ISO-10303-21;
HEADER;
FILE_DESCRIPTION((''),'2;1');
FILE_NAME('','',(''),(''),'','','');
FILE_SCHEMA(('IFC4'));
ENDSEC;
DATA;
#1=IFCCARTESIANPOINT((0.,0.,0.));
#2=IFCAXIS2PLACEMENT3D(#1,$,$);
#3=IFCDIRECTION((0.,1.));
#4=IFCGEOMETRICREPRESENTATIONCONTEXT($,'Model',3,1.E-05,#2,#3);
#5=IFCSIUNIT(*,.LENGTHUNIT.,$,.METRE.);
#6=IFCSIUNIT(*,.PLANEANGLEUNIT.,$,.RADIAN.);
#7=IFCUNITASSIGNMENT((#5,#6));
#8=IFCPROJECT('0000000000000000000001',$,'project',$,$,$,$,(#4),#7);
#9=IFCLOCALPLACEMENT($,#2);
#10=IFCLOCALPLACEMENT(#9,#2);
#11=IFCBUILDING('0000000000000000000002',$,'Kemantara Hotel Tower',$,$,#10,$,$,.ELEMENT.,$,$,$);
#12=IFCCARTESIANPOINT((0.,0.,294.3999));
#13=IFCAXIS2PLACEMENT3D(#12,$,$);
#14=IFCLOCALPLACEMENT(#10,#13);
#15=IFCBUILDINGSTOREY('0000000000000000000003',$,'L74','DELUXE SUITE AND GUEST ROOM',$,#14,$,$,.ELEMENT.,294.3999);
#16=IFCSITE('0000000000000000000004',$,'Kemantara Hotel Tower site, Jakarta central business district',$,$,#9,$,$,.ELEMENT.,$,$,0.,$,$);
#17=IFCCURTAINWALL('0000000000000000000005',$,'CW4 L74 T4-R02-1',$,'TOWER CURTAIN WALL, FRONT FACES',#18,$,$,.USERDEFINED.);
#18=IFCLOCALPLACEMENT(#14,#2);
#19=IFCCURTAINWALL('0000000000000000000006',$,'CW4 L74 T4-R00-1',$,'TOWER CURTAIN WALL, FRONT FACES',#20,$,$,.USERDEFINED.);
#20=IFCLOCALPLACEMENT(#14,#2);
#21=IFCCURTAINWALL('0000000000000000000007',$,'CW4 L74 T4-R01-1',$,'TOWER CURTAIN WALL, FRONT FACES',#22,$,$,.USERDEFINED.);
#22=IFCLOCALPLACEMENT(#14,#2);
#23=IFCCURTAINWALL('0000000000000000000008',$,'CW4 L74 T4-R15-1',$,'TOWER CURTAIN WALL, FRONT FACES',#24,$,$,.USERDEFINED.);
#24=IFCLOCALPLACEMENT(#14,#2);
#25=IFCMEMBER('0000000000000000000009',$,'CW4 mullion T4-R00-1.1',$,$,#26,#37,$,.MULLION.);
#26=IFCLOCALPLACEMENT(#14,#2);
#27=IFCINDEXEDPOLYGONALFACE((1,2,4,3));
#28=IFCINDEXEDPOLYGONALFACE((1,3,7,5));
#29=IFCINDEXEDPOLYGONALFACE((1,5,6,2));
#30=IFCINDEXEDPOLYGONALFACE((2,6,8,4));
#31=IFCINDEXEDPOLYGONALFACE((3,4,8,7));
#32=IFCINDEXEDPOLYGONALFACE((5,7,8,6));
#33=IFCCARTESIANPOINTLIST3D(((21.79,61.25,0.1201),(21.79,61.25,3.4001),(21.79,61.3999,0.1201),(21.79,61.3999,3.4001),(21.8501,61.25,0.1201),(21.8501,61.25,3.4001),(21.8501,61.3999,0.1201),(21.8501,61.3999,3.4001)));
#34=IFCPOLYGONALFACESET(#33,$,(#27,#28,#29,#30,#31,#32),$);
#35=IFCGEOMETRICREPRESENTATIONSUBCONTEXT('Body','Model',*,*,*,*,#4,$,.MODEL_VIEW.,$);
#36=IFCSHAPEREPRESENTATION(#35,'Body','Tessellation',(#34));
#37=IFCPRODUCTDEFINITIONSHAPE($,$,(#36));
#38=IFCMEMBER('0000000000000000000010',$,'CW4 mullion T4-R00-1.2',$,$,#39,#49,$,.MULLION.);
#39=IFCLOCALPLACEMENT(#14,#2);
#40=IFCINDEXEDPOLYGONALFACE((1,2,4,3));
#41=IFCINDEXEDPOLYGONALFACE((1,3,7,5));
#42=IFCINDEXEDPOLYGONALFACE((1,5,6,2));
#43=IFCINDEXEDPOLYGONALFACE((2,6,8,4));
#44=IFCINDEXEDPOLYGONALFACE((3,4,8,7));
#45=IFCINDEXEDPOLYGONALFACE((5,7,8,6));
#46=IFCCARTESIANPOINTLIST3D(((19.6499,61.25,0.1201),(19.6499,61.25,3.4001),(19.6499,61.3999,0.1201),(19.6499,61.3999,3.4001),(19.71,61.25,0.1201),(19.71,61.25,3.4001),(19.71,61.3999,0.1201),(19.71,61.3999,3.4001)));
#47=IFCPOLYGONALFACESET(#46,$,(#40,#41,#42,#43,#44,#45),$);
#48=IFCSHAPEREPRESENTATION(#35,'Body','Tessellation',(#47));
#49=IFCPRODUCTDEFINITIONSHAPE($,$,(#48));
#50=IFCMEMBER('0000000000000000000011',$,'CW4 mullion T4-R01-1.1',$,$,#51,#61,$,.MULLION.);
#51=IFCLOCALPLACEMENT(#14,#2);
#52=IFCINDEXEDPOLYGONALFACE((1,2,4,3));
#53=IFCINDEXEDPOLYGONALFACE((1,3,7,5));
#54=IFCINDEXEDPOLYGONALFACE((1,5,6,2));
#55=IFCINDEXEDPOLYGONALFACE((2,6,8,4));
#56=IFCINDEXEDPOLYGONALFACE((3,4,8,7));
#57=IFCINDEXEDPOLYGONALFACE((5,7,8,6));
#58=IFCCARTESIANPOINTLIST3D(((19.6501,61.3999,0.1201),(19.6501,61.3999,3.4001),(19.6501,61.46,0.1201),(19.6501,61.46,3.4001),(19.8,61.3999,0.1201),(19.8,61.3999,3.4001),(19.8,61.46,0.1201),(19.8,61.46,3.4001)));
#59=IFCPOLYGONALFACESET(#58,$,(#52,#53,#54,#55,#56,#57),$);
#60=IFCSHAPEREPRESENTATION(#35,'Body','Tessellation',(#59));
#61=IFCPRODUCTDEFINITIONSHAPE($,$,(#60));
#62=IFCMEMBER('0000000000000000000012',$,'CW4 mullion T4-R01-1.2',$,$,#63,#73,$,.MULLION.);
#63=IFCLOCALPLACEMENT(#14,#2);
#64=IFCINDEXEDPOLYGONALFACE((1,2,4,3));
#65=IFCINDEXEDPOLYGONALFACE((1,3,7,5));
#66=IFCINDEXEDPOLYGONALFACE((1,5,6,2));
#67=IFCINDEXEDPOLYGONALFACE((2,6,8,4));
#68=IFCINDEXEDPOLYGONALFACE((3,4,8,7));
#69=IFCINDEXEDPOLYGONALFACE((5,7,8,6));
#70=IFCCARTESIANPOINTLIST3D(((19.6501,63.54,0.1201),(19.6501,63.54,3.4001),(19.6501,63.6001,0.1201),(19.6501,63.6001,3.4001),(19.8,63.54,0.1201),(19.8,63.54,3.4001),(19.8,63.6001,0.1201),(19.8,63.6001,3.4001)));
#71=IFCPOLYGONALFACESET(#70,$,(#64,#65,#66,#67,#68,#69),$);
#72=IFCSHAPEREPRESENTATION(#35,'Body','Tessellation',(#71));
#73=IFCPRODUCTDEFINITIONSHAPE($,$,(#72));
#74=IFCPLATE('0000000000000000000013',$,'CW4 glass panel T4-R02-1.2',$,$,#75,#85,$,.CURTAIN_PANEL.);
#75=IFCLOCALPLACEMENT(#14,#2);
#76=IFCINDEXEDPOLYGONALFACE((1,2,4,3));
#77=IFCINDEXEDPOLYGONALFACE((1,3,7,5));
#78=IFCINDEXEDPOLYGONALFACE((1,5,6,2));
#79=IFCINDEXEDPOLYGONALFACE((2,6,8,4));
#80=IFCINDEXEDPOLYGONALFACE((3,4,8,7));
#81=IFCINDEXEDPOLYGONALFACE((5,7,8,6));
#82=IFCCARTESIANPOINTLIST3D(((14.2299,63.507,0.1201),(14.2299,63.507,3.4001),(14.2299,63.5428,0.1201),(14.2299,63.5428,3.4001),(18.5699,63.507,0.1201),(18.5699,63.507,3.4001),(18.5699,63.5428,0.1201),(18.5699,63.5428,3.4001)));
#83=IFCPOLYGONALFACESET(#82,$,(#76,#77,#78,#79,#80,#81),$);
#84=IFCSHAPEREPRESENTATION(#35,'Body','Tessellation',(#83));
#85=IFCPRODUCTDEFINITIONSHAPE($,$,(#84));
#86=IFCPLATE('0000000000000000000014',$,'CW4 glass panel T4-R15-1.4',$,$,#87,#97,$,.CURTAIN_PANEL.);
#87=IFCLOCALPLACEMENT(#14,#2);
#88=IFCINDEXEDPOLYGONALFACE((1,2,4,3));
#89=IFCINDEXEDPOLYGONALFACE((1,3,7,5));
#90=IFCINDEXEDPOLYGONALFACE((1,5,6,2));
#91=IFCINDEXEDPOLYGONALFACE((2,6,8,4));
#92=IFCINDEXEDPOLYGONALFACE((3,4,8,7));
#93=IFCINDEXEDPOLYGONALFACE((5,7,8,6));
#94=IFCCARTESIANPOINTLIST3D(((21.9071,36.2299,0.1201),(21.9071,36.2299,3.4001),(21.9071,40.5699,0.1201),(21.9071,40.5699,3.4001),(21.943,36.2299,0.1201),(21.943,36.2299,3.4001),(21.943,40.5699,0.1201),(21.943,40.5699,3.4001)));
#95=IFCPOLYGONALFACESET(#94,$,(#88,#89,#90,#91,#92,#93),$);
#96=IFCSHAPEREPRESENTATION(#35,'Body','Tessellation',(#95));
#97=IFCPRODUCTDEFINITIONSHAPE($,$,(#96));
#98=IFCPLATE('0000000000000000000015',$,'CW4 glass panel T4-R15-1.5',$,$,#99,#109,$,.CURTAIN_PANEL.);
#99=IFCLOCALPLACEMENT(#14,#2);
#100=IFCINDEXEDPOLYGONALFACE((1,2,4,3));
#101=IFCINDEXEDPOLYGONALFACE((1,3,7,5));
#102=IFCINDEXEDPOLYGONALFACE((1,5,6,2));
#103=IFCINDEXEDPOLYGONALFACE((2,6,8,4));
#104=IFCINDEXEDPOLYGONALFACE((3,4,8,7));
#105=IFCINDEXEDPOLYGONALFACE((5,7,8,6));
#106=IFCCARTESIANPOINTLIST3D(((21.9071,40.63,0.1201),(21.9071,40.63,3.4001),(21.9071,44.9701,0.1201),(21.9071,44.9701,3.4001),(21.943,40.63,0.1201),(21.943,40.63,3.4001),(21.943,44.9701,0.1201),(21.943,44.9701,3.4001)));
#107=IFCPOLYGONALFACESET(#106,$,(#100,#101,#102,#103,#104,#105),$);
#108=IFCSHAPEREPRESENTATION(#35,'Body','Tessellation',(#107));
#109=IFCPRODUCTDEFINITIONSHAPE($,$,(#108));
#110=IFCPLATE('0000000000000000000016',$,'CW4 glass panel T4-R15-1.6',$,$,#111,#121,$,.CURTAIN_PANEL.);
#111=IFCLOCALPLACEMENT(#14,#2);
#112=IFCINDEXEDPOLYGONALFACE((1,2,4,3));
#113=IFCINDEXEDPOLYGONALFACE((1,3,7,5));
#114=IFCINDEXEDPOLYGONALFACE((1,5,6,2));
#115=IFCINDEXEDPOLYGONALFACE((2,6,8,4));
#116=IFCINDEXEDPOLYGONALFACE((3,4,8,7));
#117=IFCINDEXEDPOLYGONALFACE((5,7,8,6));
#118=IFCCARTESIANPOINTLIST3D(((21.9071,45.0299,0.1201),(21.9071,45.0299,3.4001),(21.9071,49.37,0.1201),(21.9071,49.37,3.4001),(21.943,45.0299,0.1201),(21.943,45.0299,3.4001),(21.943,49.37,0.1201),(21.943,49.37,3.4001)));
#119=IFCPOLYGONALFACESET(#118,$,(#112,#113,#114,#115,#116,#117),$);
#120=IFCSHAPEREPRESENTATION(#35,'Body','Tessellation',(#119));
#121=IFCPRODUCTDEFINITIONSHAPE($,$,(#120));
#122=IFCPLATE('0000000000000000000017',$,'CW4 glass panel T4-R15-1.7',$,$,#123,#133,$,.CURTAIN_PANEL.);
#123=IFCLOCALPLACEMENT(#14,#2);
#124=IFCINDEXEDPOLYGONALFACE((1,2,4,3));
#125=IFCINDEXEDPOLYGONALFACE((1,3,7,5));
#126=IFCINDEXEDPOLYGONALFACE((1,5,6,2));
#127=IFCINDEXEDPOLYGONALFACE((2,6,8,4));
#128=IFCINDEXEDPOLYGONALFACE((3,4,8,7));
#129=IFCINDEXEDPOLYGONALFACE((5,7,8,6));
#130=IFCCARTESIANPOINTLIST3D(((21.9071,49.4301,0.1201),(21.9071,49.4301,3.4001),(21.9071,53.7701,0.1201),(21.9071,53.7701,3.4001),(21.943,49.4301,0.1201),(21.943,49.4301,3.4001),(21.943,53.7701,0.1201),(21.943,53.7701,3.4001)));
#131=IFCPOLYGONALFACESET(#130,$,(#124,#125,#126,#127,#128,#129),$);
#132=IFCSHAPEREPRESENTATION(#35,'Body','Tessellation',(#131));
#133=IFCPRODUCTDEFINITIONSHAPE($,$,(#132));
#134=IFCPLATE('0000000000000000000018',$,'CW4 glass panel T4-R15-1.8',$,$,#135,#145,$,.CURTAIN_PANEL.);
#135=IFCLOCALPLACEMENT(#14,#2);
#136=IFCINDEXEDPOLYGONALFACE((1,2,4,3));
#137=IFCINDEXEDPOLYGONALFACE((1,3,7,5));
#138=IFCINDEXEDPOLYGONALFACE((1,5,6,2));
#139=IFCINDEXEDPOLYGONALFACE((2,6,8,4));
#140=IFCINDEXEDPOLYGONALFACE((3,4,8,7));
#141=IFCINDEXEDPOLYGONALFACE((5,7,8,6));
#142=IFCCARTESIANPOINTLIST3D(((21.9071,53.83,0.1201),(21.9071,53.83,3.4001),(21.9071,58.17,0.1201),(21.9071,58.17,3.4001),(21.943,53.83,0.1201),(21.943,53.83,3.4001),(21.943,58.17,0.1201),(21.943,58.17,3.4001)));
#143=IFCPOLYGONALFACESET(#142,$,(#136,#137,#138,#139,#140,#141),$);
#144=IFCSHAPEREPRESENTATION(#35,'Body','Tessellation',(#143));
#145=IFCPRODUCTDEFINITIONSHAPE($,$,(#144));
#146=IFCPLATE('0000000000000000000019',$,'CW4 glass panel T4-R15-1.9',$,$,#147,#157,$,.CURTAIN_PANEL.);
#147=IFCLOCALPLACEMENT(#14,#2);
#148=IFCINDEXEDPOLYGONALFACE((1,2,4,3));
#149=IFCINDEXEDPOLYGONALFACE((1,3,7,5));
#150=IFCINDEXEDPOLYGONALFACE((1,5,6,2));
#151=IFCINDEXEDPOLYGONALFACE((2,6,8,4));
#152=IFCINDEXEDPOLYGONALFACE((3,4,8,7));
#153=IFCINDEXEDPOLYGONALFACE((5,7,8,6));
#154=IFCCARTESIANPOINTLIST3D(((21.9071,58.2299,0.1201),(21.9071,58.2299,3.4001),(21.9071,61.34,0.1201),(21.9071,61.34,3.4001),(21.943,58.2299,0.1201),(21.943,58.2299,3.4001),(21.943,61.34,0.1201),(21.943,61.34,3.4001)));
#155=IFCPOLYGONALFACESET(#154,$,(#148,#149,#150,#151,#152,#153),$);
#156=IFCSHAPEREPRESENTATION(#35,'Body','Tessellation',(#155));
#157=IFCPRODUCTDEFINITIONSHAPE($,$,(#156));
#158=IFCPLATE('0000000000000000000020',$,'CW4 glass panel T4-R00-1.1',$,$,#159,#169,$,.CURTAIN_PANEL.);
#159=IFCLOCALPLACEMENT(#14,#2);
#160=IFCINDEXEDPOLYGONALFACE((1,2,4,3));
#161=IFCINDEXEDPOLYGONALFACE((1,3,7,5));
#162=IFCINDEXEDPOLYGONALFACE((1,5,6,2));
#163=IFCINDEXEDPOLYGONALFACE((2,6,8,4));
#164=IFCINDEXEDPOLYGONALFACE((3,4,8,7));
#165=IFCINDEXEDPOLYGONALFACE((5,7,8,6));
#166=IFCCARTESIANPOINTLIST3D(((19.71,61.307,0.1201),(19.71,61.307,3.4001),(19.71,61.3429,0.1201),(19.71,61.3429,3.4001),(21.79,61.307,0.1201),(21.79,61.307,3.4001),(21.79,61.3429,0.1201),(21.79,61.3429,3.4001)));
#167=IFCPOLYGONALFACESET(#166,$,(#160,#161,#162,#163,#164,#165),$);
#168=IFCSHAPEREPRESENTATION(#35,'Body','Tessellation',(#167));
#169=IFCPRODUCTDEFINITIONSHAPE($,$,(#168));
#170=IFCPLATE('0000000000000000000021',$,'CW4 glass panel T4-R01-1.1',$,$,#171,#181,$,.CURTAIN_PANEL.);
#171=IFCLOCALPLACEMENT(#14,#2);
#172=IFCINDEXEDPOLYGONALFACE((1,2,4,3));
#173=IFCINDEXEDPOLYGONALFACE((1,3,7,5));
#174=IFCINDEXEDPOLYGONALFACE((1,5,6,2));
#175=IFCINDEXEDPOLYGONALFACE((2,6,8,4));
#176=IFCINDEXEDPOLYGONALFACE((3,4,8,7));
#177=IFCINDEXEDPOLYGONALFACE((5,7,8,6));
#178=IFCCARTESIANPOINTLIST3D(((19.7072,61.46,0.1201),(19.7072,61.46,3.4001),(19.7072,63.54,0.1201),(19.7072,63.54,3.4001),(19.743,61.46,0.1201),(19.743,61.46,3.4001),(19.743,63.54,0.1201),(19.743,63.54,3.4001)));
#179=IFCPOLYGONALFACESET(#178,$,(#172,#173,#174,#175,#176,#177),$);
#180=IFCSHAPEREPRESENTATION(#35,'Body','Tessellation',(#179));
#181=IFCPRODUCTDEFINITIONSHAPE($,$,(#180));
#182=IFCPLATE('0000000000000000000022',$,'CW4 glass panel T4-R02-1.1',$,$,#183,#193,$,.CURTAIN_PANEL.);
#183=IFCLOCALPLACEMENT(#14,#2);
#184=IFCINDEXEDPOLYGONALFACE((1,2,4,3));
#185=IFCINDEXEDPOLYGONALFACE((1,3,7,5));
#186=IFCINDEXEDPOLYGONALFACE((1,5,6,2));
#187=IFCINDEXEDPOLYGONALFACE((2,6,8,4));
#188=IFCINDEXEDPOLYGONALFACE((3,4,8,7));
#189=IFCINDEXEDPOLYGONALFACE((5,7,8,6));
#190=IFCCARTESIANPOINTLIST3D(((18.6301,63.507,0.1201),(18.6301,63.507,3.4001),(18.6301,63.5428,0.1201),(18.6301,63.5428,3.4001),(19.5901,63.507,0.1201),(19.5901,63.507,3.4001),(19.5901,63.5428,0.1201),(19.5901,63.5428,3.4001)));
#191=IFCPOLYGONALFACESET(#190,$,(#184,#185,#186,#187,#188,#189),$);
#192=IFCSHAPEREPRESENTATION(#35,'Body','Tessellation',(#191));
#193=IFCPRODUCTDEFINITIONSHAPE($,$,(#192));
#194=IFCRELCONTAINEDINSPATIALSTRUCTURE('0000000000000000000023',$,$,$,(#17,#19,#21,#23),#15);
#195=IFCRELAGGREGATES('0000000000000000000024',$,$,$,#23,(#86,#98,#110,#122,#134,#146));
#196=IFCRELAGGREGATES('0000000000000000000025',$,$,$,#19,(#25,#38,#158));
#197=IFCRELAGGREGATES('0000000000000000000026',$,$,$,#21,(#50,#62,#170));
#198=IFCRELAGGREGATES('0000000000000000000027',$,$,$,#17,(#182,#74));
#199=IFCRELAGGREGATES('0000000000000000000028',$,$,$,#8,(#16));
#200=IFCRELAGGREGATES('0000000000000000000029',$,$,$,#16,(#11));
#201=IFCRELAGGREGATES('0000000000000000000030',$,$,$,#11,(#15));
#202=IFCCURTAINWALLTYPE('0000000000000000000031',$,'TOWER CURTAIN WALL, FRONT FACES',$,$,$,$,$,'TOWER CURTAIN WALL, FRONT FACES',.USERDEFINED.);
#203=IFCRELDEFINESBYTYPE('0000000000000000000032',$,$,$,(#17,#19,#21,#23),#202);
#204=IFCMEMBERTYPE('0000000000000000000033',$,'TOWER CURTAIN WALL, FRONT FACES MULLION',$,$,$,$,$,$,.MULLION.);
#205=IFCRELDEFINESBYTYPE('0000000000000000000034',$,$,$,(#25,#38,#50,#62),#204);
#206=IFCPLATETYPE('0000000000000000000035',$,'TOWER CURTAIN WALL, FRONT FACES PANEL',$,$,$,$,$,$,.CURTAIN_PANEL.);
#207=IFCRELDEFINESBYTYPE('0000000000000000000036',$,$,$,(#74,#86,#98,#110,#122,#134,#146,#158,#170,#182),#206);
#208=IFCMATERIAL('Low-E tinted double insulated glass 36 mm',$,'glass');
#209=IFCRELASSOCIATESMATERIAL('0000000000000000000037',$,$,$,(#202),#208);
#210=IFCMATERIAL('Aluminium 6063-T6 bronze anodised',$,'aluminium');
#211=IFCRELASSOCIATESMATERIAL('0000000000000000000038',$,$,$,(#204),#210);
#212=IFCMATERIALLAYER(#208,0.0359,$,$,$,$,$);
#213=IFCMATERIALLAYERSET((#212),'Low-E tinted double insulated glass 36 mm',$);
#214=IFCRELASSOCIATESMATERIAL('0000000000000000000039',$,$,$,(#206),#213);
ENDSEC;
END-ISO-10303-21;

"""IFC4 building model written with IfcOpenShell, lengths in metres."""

from ifc_helpers import new_model, si_unit, direction, frame, origin, origin_2d, place, context, subcontext, project, spatial, rectangle, extrude, source, transform, mapped, material, layer, layer_set, material_profile, profile_set, type_object, element, aggregate, save


model = new_model("IFC4")

# Units and contexts
model_context = context("Model", 3, precision=1e-05, world=origin(), true_north=direction((0.0, 1.0)))
body_context = subcontext(model_context, "Body", "Model", "MODEL_VIEW")
ifc_project = project(units=[si_unit("LENGTHUNIT", "METRE"), si_unit("PLANEANGLEUNIT", "RADIAN")], contexts=[model_context])

# Site, building, storey
site_placement = place(None, origin())
site = spatial("IfcSite", under=ifc_project, at=site_placement, Name="Kemantara Hotel Tower site, Jakarta central business district", CompositionType="ELEMENT", RefElevation=0.0)
building_placement = place(site_placement, origin())
building = spatial("IfcBuilding", under=site, at=building_placement, Name="Kemantara Hotel Tower", CompositionType="ELEMENT")
storey_placement = place(building_placement, frame((0.0, 0.0, 294.3999)))
storey = spatial("IfcBuildingStorey", under=building, at=storey_placement, Name="L74", Description="DELUXE SUITE AND GUEST ROOM", CompositionType="ELEMENT", Elevation=294.3999)

# Curtain walls
ifc_material_1 = material(Name="Low-E tinted double insulated glass 36 mm", Category="glass")
curtain_wall_type = type_object("IfcCurtainWallType", Name="TOWER CURTAIN WALL, FRONT FACES", ElementType="TOWER CURTAIN WALL, FRONT FACES", PredefinedType="USERDEFINED", material=ifc_material_1)
curtain_wall_1_placement = place(storey_placement, origin())
curtain_wall_1 = element("IfcCurtainWall", 1, at=curtain_wall_1_placement, inside=storey, type_object=curtain_wall_type, Name="CW4 L74 T4-R02-1", ObjectType="TOWER CURTAIN WALL, FRONT FACES", PredefinedType="USERDEFINED")
ifc_material_2 = material(Name="Aluminium 6063-T6 bronze anodised", Category="aluminium")
curtain_wall_2_placement = place(storey_placement, origin())
curtain_wall_2 = element("IfcCurtainWall", 2, at=curtain_wall_2_placement, inside=storey, type_object=curtain_wall_type, Name="CW4 L74 T4-R00-1", ObjectType="TOWER CURTAIN WALL, FRONT FACES", PredefinedType="USERDEFINED")
curtain_wall_3_placement = place(storey_placement, origin())
curtain_wall_3 = element("IfcCurtainWall", 3, at=curtain_wall_3_placement, inside=storey, type_object=curtain_wall_type, Name="CW4 L74 T4-R01-1", ObjectType="TOWER CURTAIN WALL, FRONT FACES", PredefinedType="USERDEFINED")

# Shared definitions
ifc_material_profile_1 = material_profile(ifc_material_2, rectangle(XDim=0.1499, YDim=0.0601, at=origin_2d()), Name="TOWER CURTAIN WALL, FRONT FACES MULLION")
ifc_profile_set_1 = profile_set([ifc_material_profile_1], Name="Aluminium 6063-T6 bronze anodised")
member_type_1 = type_object("IfcMemberType", Name="TOWER CURTAIN WALL, FRONT FACES MULLION", PredefinedType="MULLION", material=ifc_profile_set_1)
shared_shape_1 = source(origin(), body_context, "Body", "SweptSolid", [
    extrude(rectangle(XDim=0.1499, YDim=0.0601, at=origin_2d()), origin(), (0.0, 0.0, 1.0), 3.28),
])

# Curtain wall
curtain_wall_4_placement = place(storey_placement, origin())
curtain_wall_4 = element("IfcCurtainWall", 4, at=curtain_wall_4_placement, inside=storey, type_object=curtain_wall_type, Name="CW4 L74 T4-R15-1", ObjectType="TOWER CURTAIN WALL, FRONT FACES", PredefinedType="USERDEFINED")

# Members
member_1_placement = place(storey_placement, frame((21.8201, 61.325, 0.1201), z_axis=(0.0, 0.0, 1.0), x_axis=(0.0, -1.0, 0.0)))
member_1 = element("IfcMember", 5, at=member_1_placement, type_object=member_type_1, Name="CW4 mullion T4-R00-1.1", PredefinedType="MULLION", context=body_context, shape_type="MappedRepresentation", body=[
    mapped(shared_shape_1, transform((0.0, 0.0, 0.0))),
])
member_2_placement = place(storey_placement, frame((19.6799, 61.325, 0.1201), z_axis=(0.0, 0.0, 1.0), x_axis=(0.0, -1.0, 0.0)))
member_2 = element("IfcMember", 6, at=member_2_placement, type_object=member_type_1, Name="CW4 mullion T4-R00-1.2", PredefinedType="MULLION", context=body_context, shape_type="MappedRepresentation", body=[
    mapped(shared_shape_1, transform((0.0, 0.0, 0.0))),
])
member_3_placement = place(storey_placement, frame((19.7251, 61.4299, 0.1201), z_axis=(0.0, 0.0, 1.0), x_axis=(-1.0, 0.0, 0.0)))
member_3 = element("IfcMember", 7, at=member_3_placement, type_object=member_type_1, Name="CW4 mullion T4-R01-1.1", PredefinedType="MULLION", context=body_context, shape_type="MappedRepresentation", body=[
    mapped(shared_shape_1, transform((0.0, 0.0, 0.0))),
])
member_4_placement = place(storey_placement, frame((19.7251, 63.5701, 0.1201), z_axis=(0.0, 0.0, 1.0), x_axis=(-1.0, 0.0, 0.0)))
member_4 = element("IfcMember", 8, at=member_4_placement, type_object=member_type_1, Name="CW4 mullion T4-R01-1.2", PredefinedType="MULLION", context=body_context, shape_type="MappedRepresentation", body=[
    mapped(shared_shape_1, transform((0.0, 0.0, 0.0))),
])

# Plates
ifc_layer_1 = layer(ifc_material_1, 0.0359)
ifc_layer_set_1 = layer_set([ifc_layer_1], Name="Low-E tinted double insulated glass 36 mm")
plate_type = type_object("IfcPlateType", Name="TOWER CURTAIN WALL, FRONT FACES PANEL", PredefinedType="CURTAIN_PANEL", material=ifc_layer_set_1)
shared_shape_2 = source(origin(), body_context, "Body", "SweptSolid", [
    extrude(rectangle(XDim=4.3401, YDim=0.0359, at=origin_2d()), origin(), (0.0, 0.0, 1.0), 3.28),
])
plate_1_placement = place(storey_placement, frame((16.3999, 63.5249, 0.1201), z_axis=(0.0, 0.0, 1.0), x_axis=(-1.0, 0.0, 0.0)))
plate_1 = element("IfcPlate", 9, at=plate_1_placement, type_object=plate_type, Name="CW4 glass panel T4-R02-1.2", PredefinedType="CURTAIN_PANEL", context=body_context, shape_type="MappedRepresentation", body=[
    mapped(shared_shape_2, transform((0.0, 0.0, 0.0))),
])
plate_2_placement = place(storey_placement, frame((21.925, 38.3999, 0.1201), z_axis=(0.0, 0.0, 1.0), x_axis=(0.0, 1.0, 0.0)))
plate_2 = element("IfcPlate", 10, at=plate_2_placement, type_object=plate_type, Name="CW4 glass panel T4-R15-1.4", PredefinedType="CURTAIN_PANEL", context=body_context, shape_type="MappedRepresentation", body=[
    mapped(shared_shape_2, transform((0.0, 0.0, 0.0))),
])
plate_3_placement = place(storey_placement, frame((21.925, 42.8, 0.1201), z_axis=(0.0, 0.0, 1.0), x_axis=(0.0, 1.0, 0.0)))
plate_3 = element("IfcPlate", 11, at=plate_3_placement, type_object=plate_type, Name="CW4 glass panel T4-R15-1.5", PredefinedType="CURTAIN_PANEL", context=body_context, shape_type="MappedRepresentation", body=[
    mapped(shared_shape_2, transform((0.0, 0.0, 0.0))),
])
plate_4_placement = place(storey_placement, frame((21.925, 47.2, 0.1201), z_axis=(0.0, 0.0, 1.0), x_axis=(0.0, 1.0, 0.0)))
plate_4 = element("IfcPlate", 12, at=plate_4_placement, type_object=plate_type, Name="CW4 glass panel T4-R15-1.6", PredefinedType="CURTAIN_PANEL", context=body_context, shape_type="MappedRepresentation", body=[
    mapped(shared_shape_2, transform((0.0, 0.0, 0.0))),
])
plate_5_placement = place(storey_placement, frame((21.925, 51.6001, 0.1201), z_axis=(0.0, 0.0, 1.0), x_axis=(0.0, 1.0, 0.0)))
plate_5 = element("IfcPlate", 13, at=plate_5_placement, type_object=plate_type, Name="CW4 glass panel T4-R15-1.7", PredefinedType="CURTAIN_PANEL", context=body_context, shape_type="MappedRepresentation", body=[
    mapped(shared_shape_2, transform((0.0, 0.0, 0.0))),
])
plate_6_placement = place(storey_placement, frame((21.925, 56.0, 0.1201), z_axis=(0.0, 0.0, 1.0), x_axis=(0.0, 1.0, 0.0)))
plate_6 = element("IfcPlate", 14, at=plate_6_placement, type_object=plate_type, Name="CW4 glass panel T4-R15-1.8", PredefinedType="CURTAIN_PANEL", context=body_context, shape_type="MappedRepresentation", body=[
    mapped(shared_shape_2, transform((0.0, 0.0, 0.0))),
])
shared_shape_3 = source(origin(), body_context, "Body", "SweptSolid", [
    extrude(rectangle(XDim=3.1101, YDim=0.0359, at=origin_2d()), origin(), (0.0, 0.0, 1.0), 3.28),
])
plate_7_placement = place(storey_placement, frame((21.925, 59.7849, 0.1201), z_axis=(0.0, 0.0, 1.0), x_axis=(0.0, 1.0, 0.0)))
plate_7 = element("IfcPlate", 15, at=plate_7_placement, type_object=plate_type, Name="CW4 glass panel T4-R15-1.9", PredefinedType="CURTAIN_PANEL", context=body_context, shape_type="MappedRepresentation", body=[
    mapped(shared_shape_3, transform((0.0, 0.0, 0.0))),
])
aggregate(curtain_wall_4, [plate_2, plate_3, plate_4, plate_5, plate_6, plate_7])
shared_shape_4 = source(origin(), body_context, "Body", "SweptSolid", [
    extrude(rectangle(XDim=2.0801, YDim=0.0359, at=origin_2d()), origin(), (0.0, 0.0, 1.0), 3.28),
])
plate_8_placement = place(storey_placement, frame((20.75, 61.325, 0.1201), z_axis=(0.0, 0.0, 1.0), x_axis=(-1.0, 0.0, 0.0)))
plate_8 = element("IfcPlate", 16, at=plate_8_placement, type_object=plate_type, Name="CW4 glass panel T4-R00-1.1", PredefinedType="CURTAIN_PANEL", context=body_context, shape_type="MappedRepresentation", body=[
    mapped(shared_shape_4, transform((0.0, 0.0, 0.0))),
])
aggregate(curtain_wall_2, [member_1, member_2, plate_8])
plate_9_placement = place(storey_placement, frame((19.7251, 62.5, 0.1201), z_axis=(0.0, 0.0, 1.0), x_axis=(0.0, 1.0, 0.0)))
plate_9 = element("IfcPlate", 17, at=plate_9_placement, type_object=plate_type, Name="CW4 glass panel T4-R01-1.1", PredefinedType="CURTAIN_PANEL", context=body_context, shape_type="MappedRepresentation", body=[
    mapped(shared_shape_4, transform((0.0, 0.0, 0.0))),
])
aggregate(curtain_wall_3, [member_3, member_4, plate_9])
shared_shape_5 = source(origin(), body_context, "Body", "SweptSolid", [
    extrude(rectangle(XDim=0.96, YDim=0.0359, at=origin_2d()), origin(), (0.0, 0.0, 1.0), 3.28),
])
plate_10_placement = place(storey_placement, frame((19.1101, 63.5249, 0.1201), z_axis=(0.0, 0.0, 1.0), x_axis=(-1.0, 0.0, 0.0)))
plate_10 = element("IfcPlate", 18, at=plate_10_placement, type_object=plate_type, Name="CW4 glass panel T4-R02-1.1", PredefinedType="CURTAIN_PANEL", context=body_context, shape_type="MappedRepresentation", body=[
    mapped(shared_shape_5, transform((0.0, 0.0, 0.0))),
])
aggregate(curtain_wall_1, [plate_10, plate_1])

save(model, "model.ifc")
